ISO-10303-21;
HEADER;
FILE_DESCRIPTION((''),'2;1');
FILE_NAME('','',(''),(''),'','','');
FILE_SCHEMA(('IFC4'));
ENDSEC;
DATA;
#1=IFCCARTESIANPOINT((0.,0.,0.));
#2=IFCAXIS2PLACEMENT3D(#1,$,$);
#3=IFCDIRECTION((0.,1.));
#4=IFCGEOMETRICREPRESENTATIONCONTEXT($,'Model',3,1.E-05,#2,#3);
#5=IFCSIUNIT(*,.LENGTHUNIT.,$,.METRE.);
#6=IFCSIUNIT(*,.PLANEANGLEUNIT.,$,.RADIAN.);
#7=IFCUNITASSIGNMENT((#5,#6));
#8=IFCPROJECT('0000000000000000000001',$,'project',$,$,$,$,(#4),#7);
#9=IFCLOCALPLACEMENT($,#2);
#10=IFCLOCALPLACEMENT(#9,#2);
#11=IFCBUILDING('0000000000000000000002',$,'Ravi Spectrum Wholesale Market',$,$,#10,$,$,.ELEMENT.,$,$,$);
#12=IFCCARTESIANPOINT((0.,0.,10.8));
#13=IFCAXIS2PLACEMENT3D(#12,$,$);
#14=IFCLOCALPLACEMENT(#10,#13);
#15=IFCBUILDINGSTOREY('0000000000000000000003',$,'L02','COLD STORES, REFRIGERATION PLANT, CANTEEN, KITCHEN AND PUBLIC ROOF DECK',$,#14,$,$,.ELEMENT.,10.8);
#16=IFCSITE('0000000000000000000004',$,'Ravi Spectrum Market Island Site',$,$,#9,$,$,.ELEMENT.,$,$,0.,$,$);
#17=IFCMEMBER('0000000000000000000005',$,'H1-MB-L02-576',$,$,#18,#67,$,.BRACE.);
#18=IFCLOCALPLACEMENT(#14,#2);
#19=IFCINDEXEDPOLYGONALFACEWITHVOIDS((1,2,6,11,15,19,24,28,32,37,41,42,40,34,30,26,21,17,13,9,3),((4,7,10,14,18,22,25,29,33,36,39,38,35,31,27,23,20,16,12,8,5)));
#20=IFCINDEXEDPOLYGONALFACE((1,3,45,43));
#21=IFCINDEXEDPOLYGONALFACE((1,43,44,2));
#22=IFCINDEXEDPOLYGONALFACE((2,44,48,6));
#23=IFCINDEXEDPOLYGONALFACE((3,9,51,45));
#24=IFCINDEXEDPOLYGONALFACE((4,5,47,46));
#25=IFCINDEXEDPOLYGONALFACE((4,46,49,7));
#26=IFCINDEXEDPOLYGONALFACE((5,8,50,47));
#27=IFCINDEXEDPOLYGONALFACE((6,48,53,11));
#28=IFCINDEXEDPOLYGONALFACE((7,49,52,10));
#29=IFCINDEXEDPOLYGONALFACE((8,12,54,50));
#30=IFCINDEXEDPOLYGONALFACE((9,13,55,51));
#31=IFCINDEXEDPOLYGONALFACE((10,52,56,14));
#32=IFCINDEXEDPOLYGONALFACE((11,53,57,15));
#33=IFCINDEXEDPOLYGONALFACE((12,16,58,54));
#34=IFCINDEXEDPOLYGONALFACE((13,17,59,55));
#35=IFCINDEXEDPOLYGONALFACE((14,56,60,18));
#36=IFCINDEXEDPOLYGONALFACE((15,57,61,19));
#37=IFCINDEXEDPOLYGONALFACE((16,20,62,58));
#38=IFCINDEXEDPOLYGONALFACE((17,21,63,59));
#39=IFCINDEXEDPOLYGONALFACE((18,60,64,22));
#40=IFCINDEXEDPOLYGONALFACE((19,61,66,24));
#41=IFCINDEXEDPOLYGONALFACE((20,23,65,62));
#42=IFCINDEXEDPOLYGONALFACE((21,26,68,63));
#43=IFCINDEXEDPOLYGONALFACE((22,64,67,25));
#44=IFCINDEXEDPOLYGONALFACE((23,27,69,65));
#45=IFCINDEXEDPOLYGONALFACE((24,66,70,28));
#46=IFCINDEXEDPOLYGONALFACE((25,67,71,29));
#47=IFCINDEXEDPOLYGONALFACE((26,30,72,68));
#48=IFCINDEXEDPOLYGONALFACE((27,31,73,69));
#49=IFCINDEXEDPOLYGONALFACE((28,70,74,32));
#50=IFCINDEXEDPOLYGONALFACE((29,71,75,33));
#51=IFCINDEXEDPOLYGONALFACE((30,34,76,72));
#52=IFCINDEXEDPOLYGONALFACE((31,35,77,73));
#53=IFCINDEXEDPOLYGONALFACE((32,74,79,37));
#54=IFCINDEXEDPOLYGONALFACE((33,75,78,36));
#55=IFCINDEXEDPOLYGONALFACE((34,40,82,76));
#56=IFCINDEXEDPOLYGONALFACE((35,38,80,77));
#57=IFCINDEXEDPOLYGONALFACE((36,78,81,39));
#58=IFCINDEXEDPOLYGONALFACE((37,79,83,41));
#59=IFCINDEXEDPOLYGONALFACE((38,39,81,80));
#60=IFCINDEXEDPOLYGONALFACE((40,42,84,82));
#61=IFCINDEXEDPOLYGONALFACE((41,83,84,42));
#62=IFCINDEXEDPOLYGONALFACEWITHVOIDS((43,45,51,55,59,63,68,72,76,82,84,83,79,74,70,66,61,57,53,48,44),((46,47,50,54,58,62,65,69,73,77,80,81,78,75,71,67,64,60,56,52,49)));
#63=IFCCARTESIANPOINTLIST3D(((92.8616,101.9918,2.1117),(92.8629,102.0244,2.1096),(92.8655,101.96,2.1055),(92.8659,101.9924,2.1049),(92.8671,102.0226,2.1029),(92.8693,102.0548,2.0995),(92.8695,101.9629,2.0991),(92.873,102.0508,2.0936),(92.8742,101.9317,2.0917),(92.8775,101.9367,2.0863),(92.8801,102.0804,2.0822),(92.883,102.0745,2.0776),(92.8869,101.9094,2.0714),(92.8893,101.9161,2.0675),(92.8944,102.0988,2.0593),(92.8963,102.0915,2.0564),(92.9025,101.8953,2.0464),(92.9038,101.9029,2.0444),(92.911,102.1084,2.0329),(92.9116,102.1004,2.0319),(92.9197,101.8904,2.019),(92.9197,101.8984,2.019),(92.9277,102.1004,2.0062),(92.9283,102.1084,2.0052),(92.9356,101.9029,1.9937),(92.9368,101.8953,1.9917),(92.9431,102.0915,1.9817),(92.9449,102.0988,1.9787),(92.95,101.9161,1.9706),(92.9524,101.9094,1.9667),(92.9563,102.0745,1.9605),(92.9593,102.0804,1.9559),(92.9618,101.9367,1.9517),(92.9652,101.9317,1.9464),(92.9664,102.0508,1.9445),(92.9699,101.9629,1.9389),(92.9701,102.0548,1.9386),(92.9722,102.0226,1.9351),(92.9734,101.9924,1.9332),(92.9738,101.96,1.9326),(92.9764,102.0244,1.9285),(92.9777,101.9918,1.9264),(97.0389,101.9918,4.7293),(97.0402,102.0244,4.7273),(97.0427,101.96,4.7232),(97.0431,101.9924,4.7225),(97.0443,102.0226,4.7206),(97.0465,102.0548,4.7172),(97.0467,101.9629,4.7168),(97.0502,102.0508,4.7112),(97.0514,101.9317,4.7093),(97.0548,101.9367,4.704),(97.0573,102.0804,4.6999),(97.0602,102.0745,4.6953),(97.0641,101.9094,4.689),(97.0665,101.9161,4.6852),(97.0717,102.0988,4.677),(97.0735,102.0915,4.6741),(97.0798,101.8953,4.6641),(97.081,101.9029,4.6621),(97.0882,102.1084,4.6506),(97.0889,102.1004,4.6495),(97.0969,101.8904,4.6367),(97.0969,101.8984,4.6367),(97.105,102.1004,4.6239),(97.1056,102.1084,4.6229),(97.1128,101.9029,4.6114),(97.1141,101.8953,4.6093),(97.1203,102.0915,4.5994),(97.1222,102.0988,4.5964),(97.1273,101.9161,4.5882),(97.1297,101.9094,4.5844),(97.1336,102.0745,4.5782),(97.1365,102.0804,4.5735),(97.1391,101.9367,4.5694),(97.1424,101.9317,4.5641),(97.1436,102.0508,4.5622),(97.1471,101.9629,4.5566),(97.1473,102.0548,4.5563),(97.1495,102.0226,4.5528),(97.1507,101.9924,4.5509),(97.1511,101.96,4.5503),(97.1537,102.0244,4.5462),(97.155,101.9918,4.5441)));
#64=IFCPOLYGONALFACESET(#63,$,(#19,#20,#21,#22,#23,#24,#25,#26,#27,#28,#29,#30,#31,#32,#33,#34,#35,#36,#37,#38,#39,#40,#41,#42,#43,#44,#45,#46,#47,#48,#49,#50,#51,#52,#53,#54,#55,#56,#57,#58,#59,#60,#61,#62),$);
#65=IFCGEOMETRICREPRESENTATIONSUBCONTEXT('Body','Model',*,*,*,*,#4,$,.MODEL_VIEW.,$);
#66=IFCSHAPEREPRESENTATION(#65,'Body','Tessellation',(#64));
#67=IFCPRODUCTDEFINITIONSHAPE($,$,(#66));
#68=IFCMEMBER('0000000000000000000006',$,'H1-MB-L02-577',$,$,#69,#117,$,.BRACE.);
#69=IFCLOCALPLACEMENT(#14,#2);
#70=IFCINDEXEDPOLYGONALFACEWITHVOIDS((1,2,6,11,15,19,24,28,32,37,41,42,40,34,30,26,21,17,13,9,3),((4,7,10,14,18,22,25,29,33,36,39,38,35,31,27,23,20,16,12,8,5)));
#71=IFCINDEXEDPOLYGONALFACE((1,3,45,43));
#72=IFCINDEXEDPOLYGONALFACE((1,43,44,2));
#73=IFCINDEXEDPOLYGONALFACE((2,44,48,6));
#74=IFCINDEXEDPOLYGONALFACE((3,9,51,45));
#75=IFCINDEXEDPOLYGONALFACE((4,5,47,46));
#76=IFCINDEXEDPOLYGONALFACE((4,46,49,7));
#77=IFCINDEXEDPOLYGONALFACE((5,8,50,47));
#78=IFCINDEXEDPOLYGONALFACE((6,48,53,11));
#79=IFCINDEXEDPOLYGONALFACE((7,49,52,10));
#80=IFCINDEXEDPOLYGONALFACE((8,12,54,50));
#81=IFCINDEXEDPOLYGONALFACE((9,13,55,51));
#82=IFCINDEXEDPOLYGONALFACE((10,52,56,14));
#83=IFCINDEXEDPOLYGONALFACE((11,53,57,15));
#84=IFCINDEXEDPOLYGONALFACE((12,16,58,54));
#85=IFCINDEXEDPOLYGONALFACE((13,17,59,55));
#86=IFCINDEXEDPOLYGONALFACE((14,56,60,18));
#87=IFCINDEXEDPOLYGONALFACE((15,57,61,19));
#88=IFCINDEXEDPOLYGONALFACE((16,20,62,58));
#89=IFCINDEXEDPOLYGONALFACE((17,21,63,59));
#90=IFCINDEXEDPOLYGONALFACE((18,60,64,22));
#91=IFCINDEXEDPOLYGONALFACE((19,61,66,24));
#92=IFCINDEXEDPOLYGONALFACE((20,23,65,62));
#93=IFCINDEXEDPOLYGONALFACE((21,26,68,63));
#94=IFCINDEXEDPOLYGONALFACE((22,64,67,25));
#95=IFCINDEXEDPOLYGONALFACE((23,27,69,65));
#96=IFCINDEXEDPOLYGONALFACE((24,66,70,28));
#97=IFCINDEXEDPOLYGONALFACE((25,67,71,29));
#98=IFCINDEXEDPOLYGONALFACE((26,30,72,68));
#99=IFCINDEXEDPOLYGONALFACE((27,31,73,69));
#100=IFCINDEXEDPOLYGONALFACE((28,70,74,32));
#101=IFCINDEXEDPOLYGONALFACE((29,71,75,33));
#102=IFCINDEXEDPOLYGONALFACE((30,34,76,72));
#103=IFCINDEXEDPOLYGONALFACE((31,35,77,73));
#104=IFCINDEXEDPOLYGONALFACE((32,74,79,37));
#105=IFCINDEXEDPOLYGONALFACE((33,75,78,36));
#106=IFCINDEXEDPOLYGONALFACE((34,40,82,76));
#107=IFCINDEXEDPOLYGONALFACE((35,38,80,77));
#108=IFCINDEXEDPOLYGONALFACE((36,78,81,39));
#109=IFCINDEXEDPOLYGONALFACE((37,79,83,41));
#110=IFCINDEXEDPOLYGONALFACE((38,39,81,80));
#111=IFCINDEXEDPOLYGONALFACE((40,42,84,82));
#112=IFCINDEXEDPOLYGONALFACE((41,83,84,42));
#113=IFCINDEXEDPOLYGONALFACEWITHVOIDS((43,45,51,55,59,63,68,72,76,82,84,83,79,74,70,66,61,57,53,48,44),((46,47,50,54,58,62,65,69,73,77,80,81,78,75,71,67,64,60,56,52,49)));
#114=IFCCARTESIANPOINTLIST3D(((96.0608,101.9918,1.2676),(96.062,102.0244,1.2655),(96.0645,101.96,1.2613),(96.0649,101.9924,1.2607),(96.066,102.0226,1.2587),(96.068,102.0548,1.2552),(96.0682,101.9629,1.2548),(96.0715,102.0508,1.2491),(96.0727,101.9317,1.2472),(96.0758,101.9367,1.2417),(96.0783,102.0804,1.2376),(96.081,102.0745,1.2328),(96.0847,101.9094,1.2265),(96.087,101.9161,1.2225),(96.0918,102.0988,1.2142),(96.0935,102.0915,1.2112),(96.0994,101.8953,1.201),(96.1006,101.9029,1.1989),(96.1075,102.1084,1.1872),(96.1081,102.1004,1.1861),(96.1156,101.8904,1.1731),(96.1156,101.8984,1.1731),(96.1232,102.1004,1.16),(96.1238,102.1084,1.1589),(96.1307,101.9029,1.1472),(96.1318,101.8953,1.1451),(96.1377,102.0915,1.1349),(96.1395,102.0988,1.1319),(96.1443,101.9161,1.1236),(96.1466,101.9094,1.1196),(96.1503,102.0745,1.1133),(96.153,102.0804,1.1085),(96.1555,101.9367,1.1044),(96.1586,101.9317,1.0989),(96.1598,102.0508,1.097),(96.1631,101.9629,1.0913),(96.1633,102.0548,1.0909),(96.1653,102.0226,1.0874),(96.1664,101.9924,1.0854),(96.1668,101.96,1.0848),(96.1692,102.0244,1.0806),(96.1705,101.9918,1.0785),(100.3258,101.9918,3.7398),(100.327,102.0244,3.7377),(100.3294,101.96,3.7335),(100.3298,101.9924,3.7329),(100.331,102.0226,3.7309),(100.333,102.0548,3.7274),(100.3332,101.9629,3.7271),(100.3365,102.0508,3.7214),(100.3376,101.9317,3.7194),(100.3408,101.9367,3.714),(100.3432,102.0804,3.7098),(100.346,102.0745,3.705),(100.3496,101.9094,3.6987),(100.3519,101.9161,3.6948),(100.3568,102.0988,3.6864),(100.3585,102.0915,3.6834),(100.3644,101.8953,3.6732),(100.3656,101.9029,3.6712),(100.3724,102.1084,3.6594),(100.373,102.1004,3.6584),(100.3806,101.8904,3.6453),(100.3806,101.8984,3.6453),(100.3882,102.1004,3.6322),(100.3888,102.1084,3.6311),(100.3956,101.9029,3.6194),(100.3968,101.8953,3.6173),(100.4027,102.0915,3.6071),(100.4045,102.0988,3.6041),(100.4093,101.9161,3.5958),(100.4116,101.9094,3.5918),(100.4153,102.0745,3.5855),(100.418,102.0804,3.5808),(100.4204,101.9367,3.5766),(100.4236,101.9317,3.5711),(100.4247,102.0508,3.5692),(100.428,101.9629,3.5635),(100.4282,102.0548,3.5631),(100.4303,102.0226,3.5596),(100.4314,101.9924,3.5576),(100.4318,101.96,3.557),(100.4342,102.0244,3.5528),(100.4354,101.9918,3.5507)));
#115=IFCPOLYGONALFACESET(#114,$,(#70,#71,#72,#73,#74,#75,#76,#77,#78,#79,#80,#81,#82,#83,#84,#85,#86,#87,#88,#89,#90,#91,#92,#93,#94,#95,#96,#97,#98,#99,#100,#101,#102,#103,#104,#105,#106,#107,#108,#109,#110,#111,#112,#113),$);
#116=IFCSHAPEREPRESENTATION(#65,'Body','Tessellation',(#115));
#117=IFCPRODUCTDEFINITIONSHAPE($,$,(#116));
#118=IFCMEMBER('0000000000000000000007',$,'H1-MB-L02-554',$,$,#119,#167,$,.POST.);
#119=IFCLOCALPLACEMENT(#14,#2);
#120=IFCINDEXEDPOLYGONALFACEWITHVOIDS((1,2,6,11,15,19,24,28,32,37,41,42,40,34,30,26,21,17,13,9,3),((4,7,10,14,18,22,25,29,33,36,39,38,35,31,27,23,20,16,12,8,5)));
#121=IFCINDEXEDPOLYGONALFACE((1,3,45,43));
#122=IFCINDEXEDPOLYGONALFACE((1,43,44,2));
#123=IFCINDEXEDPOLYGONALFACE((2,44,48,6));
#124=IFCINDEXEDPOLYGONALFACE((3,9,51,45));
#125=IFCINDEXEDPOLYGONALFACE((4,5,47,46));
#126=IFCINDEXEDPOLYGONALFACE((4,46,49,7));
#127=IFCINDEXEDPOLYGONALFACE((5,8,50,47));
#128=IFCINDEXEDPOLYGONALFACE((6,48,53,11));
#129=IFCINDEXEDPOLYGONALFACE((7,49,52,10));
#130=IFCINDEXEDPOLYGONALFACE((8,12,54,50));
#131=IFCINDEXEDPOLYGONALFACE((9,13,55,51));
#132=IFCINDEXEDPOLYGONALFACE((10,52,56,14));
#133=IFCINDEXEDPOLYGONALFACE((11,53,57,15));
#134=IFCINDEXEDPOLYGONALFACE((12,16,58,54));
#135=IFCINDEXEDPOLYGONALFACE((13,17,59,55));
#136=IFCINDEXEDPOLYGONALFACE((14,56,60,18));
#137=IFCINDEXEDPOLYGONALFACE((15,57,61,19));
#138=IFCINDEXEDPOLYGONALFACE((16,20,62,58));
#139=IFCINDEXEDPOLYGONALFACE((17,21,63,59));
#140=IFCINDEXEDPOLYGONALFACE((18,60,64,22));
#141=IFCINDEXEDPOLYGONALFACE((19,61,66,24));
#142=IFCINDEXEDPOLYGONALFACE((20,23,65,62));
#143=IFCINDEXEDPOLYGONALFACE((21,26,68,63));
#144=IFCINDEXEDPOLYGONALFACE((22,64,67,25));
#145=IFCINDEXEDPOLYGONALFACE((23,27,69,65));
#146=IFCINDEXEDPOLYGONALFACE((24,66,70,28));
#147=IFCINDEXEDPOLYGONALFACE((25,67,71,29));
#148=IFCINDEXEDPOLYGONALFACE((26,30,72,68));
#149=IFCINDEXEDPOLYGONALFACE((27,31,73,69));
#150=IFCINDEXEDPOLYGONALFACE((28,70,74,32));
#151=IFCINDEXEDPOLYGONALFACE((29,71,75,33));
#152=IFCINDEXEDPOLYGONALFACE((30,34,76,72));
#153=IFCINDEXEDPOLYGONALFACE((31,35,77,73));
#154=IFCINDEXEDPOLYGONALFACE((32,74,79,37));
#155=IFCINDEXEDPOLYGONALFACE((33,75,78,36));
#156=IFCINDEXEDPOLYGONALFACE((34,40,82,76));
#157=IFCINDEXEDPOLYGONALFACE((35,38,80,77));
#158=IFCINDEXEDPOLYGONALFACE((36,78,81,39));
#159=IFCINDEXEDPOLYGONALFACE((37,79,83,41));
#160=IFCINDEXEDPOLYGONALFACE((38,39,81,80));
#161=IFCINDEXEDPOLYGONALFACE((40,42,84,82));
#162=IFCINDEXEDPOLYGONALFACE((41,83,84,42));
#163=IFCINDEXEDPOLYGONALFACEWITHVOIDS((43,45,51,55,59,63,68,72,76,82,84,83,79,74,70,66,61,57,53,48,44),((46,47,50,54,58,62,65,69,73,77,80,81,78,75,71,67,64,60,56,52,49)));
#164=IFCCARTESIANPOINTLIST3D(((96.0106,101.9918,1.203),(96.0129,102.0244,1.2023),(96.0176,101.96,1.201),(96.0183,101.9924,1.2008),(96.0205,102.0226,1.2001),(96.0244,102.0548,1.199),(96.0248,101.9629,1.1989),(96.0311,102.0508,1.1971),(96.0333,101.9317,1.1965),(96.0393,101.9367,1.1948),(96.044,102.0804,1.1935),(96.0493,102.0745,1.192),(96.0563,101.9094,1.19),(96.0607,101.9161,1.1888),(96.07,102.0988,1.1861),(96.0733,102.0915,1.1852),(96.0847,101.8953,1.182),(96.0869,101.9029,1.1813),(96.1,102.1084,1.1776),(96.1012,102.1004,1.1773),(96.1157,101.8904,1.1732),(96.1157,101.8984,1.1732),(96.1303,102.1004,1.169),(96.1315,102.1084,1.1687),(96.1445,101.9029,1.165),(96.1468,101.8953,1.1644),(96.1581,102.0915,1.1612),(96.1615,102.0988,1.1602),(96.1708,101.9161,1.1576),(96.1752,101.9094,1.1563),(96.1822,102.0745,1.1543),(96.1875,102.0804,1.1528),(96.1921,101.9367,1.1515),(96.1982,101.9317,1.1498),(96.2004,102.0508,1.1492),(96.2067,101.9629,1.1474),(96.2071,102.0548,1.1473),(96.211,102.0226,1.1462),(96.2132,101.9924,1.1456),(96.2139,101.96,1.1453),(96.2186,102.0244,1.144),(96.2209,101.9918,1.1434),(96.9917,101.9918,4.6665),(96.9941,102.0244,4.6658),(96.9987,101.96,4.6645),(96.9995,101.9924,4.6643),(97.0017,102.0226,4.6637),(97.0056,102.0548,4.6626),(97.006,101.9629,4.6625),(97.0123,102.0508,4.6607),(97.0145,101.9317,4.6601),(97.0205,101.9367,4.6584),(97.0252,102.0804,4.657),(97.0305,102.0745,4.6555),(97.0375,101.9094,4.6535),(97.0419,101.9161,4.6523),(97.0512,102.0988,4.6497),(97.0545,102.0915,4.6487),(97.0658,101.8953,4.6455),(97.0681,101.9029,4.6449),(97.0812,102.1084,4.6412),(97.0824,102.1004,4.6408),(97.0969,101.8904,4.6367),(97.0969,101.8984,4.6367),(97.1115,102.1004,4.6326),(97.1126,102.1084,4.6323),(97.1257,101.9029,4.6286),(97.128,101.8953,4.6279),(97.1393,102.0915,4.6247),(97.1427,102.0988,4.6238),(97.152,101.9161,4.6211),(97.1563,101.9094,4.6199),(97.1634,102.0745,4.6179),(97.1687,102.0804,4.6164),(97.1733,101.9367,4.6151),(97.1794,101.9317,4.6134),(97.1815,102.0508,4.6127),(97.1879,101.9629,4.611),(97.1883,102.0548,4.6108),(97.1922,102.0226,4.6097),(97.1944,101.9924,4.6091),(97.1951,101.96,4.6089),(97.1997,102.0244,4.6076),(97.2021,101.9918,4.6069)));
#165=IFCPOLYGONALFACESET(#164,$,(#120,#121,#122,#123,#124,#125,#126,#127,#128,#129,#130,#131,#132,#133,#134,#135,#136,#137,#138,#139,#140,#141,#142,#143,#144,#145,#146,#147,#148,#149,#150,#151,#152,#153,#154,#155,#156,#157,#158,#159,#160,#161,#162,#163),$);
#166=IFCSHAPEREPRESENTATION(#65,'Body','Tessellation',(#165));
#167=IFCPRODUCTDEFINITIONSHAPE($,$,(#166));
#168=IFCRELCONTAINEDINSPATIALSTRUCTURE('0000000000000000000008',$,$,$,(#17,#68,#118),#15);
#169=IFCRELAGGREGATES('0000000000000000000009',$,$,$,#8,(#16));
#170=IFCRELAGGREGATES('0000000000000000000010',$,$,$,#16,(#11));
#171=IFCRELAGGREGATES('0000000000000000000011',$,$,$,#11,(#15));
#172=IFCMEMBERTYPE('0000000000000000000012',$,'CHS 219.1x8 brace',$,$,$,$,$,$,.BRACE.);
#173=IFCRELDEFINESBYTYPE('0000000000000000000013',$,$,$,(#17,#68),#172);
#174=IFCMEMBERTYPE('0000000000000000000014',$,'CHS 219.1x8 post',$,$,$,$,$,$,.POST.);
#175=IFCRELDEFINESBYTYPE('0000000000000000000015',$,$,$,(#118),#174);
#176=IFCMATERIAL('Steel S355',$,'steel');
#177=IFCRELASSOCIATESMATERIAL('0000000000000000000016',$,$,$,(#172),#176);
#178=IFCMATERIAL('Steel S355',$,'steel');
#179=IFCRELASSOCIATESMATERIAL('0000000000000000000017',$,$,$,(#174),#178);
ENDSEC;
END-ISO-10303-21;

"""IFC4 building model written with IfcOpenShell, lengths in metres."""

from ifc_helpers import new_model, si_unit, direction, frame, origin, origin_2d, place, context, subcontext, project, spatial, hollow_circle, extrude, material, material_profile, profile_set, type_object, element, save


model = new_model("IFC4")

# Units and contexts
model_context = context("Model", 3, precision=1e-05, world=origin(), true_north=direction((0.0, 1.0)))
body_context = subcontext(model_context, "Body", "Model", "MODEL_VIEW")
ifc_project = project(units=[si_unit("LENGTHUNIT", "METRE"), si_unit("PLANEANGLEUNIT", "RADIAN")], contexts=[model_context])

# Site, building, storey
site_placement = place(None, origin())
site = spatial("IfcSite", under=ifc_project, at=site_placement, Name="Ravi Spectrum Market Island Site", CompositionType="ELEMENT", RefElevation=0.0)
building_placement = place(site_placement, origin())
building = spatial("IfcBuilding", under=site, at=building_placement, Name="Ravi Spectrum Wholesale Market", CompositionType="ELEMENT")
storey_placement = place(building_placement, frame((0.0, 0.0, 10.8)))
storey = spatial("IfcBuildingStorey", under=building, at=storey_placement, Name="L02", Description="COLD STORES, REFRIGERATION PLANT, CANTEEN, KITCHEN AND PUBLIC ROOF DECK", CompositionType="ELEMENT", Elevation=10.8)

# Members
ifc_material_1 = material(Name="Steel S355", Category="steel")
ifc_material_profile_1 = material_profile(ifc_material_1, hollow_circle(Radius=0.1096, WallThickness=0.0081, at=origin_2d()))
ifc_profile_set_1 = profile_set([ifc_material_profile_1], Name="Steel S355")
member_type_1 = type_object("IfcMemberType", Name="CHS 219.1x8 brace", PredefinedType="BRACE", material=ifc_profile_set_1)
for number, where, z_axis, x_axis, name in (
    (1, (97.0969, 102.0, 4.6367), (-0.847369, 0.0, -0.531005), (0.0, -1.0, 0.0), "H1-MB-L02-576"),
    (2, (100.3806, 102.0, 3.6453), (-0.865161, 0.0, -0.501495), (0.0, -1.0, 0.0), "H1-MB-L02-577"),
):
    element("IfcMember", number, at=place(storey_placement, frame(where, z_axis=z_axis, x_axis=x_axis)), inside=storey, type_object=member_type_1, Name=name, PredefinedType="BRACE", context=body_context, shape_type="SweptSolid", body=[
        extrude(hollow_circle(Radius=0.1096, WallThickness=0.0081, at=origin_2d()), origin(), (0.0, 0.0, 1.0), 4.9297),
    ])
ifc_material_2 = material(Name="Steel S355", Category="steel")
ifc_material_profile_2 = material_profile(ifc_material_2, hollow_circle(Radius=0.1096, WallThickness=0.0081, at=origin_2d()))
ifc_profile_set_2 = profile_set([ifc_material_profile_2], Name="Steel S355")
member_type_2 = type_object("IfcMemberType", Name="CHS 219.1x8 post", PredefinedType="POST", material=ifc_profile_set_2)
member_1_placement = place(storey_placement, frame((97.0969, 102.0, 4.6367), z_axis=(-0.272562, 0.0, -0.962138), x_axis=(0.0, -1.0, 0.0)))
element("IfcMember", 3, at=member_1_placement, inside=storey, type_object=member_type_2, Name="H1-MB-L02-554", PredefinedType="POST", context=body_context, shape_type="SweptSolid", body=[
    extrude(hollow_circle(Radius=0.1096, WallThickness=0.0081, at=origin_2d()), origin(), (0.0, 0.0, 1.0), 3.5999),
])

save(model, "model.ifc")
